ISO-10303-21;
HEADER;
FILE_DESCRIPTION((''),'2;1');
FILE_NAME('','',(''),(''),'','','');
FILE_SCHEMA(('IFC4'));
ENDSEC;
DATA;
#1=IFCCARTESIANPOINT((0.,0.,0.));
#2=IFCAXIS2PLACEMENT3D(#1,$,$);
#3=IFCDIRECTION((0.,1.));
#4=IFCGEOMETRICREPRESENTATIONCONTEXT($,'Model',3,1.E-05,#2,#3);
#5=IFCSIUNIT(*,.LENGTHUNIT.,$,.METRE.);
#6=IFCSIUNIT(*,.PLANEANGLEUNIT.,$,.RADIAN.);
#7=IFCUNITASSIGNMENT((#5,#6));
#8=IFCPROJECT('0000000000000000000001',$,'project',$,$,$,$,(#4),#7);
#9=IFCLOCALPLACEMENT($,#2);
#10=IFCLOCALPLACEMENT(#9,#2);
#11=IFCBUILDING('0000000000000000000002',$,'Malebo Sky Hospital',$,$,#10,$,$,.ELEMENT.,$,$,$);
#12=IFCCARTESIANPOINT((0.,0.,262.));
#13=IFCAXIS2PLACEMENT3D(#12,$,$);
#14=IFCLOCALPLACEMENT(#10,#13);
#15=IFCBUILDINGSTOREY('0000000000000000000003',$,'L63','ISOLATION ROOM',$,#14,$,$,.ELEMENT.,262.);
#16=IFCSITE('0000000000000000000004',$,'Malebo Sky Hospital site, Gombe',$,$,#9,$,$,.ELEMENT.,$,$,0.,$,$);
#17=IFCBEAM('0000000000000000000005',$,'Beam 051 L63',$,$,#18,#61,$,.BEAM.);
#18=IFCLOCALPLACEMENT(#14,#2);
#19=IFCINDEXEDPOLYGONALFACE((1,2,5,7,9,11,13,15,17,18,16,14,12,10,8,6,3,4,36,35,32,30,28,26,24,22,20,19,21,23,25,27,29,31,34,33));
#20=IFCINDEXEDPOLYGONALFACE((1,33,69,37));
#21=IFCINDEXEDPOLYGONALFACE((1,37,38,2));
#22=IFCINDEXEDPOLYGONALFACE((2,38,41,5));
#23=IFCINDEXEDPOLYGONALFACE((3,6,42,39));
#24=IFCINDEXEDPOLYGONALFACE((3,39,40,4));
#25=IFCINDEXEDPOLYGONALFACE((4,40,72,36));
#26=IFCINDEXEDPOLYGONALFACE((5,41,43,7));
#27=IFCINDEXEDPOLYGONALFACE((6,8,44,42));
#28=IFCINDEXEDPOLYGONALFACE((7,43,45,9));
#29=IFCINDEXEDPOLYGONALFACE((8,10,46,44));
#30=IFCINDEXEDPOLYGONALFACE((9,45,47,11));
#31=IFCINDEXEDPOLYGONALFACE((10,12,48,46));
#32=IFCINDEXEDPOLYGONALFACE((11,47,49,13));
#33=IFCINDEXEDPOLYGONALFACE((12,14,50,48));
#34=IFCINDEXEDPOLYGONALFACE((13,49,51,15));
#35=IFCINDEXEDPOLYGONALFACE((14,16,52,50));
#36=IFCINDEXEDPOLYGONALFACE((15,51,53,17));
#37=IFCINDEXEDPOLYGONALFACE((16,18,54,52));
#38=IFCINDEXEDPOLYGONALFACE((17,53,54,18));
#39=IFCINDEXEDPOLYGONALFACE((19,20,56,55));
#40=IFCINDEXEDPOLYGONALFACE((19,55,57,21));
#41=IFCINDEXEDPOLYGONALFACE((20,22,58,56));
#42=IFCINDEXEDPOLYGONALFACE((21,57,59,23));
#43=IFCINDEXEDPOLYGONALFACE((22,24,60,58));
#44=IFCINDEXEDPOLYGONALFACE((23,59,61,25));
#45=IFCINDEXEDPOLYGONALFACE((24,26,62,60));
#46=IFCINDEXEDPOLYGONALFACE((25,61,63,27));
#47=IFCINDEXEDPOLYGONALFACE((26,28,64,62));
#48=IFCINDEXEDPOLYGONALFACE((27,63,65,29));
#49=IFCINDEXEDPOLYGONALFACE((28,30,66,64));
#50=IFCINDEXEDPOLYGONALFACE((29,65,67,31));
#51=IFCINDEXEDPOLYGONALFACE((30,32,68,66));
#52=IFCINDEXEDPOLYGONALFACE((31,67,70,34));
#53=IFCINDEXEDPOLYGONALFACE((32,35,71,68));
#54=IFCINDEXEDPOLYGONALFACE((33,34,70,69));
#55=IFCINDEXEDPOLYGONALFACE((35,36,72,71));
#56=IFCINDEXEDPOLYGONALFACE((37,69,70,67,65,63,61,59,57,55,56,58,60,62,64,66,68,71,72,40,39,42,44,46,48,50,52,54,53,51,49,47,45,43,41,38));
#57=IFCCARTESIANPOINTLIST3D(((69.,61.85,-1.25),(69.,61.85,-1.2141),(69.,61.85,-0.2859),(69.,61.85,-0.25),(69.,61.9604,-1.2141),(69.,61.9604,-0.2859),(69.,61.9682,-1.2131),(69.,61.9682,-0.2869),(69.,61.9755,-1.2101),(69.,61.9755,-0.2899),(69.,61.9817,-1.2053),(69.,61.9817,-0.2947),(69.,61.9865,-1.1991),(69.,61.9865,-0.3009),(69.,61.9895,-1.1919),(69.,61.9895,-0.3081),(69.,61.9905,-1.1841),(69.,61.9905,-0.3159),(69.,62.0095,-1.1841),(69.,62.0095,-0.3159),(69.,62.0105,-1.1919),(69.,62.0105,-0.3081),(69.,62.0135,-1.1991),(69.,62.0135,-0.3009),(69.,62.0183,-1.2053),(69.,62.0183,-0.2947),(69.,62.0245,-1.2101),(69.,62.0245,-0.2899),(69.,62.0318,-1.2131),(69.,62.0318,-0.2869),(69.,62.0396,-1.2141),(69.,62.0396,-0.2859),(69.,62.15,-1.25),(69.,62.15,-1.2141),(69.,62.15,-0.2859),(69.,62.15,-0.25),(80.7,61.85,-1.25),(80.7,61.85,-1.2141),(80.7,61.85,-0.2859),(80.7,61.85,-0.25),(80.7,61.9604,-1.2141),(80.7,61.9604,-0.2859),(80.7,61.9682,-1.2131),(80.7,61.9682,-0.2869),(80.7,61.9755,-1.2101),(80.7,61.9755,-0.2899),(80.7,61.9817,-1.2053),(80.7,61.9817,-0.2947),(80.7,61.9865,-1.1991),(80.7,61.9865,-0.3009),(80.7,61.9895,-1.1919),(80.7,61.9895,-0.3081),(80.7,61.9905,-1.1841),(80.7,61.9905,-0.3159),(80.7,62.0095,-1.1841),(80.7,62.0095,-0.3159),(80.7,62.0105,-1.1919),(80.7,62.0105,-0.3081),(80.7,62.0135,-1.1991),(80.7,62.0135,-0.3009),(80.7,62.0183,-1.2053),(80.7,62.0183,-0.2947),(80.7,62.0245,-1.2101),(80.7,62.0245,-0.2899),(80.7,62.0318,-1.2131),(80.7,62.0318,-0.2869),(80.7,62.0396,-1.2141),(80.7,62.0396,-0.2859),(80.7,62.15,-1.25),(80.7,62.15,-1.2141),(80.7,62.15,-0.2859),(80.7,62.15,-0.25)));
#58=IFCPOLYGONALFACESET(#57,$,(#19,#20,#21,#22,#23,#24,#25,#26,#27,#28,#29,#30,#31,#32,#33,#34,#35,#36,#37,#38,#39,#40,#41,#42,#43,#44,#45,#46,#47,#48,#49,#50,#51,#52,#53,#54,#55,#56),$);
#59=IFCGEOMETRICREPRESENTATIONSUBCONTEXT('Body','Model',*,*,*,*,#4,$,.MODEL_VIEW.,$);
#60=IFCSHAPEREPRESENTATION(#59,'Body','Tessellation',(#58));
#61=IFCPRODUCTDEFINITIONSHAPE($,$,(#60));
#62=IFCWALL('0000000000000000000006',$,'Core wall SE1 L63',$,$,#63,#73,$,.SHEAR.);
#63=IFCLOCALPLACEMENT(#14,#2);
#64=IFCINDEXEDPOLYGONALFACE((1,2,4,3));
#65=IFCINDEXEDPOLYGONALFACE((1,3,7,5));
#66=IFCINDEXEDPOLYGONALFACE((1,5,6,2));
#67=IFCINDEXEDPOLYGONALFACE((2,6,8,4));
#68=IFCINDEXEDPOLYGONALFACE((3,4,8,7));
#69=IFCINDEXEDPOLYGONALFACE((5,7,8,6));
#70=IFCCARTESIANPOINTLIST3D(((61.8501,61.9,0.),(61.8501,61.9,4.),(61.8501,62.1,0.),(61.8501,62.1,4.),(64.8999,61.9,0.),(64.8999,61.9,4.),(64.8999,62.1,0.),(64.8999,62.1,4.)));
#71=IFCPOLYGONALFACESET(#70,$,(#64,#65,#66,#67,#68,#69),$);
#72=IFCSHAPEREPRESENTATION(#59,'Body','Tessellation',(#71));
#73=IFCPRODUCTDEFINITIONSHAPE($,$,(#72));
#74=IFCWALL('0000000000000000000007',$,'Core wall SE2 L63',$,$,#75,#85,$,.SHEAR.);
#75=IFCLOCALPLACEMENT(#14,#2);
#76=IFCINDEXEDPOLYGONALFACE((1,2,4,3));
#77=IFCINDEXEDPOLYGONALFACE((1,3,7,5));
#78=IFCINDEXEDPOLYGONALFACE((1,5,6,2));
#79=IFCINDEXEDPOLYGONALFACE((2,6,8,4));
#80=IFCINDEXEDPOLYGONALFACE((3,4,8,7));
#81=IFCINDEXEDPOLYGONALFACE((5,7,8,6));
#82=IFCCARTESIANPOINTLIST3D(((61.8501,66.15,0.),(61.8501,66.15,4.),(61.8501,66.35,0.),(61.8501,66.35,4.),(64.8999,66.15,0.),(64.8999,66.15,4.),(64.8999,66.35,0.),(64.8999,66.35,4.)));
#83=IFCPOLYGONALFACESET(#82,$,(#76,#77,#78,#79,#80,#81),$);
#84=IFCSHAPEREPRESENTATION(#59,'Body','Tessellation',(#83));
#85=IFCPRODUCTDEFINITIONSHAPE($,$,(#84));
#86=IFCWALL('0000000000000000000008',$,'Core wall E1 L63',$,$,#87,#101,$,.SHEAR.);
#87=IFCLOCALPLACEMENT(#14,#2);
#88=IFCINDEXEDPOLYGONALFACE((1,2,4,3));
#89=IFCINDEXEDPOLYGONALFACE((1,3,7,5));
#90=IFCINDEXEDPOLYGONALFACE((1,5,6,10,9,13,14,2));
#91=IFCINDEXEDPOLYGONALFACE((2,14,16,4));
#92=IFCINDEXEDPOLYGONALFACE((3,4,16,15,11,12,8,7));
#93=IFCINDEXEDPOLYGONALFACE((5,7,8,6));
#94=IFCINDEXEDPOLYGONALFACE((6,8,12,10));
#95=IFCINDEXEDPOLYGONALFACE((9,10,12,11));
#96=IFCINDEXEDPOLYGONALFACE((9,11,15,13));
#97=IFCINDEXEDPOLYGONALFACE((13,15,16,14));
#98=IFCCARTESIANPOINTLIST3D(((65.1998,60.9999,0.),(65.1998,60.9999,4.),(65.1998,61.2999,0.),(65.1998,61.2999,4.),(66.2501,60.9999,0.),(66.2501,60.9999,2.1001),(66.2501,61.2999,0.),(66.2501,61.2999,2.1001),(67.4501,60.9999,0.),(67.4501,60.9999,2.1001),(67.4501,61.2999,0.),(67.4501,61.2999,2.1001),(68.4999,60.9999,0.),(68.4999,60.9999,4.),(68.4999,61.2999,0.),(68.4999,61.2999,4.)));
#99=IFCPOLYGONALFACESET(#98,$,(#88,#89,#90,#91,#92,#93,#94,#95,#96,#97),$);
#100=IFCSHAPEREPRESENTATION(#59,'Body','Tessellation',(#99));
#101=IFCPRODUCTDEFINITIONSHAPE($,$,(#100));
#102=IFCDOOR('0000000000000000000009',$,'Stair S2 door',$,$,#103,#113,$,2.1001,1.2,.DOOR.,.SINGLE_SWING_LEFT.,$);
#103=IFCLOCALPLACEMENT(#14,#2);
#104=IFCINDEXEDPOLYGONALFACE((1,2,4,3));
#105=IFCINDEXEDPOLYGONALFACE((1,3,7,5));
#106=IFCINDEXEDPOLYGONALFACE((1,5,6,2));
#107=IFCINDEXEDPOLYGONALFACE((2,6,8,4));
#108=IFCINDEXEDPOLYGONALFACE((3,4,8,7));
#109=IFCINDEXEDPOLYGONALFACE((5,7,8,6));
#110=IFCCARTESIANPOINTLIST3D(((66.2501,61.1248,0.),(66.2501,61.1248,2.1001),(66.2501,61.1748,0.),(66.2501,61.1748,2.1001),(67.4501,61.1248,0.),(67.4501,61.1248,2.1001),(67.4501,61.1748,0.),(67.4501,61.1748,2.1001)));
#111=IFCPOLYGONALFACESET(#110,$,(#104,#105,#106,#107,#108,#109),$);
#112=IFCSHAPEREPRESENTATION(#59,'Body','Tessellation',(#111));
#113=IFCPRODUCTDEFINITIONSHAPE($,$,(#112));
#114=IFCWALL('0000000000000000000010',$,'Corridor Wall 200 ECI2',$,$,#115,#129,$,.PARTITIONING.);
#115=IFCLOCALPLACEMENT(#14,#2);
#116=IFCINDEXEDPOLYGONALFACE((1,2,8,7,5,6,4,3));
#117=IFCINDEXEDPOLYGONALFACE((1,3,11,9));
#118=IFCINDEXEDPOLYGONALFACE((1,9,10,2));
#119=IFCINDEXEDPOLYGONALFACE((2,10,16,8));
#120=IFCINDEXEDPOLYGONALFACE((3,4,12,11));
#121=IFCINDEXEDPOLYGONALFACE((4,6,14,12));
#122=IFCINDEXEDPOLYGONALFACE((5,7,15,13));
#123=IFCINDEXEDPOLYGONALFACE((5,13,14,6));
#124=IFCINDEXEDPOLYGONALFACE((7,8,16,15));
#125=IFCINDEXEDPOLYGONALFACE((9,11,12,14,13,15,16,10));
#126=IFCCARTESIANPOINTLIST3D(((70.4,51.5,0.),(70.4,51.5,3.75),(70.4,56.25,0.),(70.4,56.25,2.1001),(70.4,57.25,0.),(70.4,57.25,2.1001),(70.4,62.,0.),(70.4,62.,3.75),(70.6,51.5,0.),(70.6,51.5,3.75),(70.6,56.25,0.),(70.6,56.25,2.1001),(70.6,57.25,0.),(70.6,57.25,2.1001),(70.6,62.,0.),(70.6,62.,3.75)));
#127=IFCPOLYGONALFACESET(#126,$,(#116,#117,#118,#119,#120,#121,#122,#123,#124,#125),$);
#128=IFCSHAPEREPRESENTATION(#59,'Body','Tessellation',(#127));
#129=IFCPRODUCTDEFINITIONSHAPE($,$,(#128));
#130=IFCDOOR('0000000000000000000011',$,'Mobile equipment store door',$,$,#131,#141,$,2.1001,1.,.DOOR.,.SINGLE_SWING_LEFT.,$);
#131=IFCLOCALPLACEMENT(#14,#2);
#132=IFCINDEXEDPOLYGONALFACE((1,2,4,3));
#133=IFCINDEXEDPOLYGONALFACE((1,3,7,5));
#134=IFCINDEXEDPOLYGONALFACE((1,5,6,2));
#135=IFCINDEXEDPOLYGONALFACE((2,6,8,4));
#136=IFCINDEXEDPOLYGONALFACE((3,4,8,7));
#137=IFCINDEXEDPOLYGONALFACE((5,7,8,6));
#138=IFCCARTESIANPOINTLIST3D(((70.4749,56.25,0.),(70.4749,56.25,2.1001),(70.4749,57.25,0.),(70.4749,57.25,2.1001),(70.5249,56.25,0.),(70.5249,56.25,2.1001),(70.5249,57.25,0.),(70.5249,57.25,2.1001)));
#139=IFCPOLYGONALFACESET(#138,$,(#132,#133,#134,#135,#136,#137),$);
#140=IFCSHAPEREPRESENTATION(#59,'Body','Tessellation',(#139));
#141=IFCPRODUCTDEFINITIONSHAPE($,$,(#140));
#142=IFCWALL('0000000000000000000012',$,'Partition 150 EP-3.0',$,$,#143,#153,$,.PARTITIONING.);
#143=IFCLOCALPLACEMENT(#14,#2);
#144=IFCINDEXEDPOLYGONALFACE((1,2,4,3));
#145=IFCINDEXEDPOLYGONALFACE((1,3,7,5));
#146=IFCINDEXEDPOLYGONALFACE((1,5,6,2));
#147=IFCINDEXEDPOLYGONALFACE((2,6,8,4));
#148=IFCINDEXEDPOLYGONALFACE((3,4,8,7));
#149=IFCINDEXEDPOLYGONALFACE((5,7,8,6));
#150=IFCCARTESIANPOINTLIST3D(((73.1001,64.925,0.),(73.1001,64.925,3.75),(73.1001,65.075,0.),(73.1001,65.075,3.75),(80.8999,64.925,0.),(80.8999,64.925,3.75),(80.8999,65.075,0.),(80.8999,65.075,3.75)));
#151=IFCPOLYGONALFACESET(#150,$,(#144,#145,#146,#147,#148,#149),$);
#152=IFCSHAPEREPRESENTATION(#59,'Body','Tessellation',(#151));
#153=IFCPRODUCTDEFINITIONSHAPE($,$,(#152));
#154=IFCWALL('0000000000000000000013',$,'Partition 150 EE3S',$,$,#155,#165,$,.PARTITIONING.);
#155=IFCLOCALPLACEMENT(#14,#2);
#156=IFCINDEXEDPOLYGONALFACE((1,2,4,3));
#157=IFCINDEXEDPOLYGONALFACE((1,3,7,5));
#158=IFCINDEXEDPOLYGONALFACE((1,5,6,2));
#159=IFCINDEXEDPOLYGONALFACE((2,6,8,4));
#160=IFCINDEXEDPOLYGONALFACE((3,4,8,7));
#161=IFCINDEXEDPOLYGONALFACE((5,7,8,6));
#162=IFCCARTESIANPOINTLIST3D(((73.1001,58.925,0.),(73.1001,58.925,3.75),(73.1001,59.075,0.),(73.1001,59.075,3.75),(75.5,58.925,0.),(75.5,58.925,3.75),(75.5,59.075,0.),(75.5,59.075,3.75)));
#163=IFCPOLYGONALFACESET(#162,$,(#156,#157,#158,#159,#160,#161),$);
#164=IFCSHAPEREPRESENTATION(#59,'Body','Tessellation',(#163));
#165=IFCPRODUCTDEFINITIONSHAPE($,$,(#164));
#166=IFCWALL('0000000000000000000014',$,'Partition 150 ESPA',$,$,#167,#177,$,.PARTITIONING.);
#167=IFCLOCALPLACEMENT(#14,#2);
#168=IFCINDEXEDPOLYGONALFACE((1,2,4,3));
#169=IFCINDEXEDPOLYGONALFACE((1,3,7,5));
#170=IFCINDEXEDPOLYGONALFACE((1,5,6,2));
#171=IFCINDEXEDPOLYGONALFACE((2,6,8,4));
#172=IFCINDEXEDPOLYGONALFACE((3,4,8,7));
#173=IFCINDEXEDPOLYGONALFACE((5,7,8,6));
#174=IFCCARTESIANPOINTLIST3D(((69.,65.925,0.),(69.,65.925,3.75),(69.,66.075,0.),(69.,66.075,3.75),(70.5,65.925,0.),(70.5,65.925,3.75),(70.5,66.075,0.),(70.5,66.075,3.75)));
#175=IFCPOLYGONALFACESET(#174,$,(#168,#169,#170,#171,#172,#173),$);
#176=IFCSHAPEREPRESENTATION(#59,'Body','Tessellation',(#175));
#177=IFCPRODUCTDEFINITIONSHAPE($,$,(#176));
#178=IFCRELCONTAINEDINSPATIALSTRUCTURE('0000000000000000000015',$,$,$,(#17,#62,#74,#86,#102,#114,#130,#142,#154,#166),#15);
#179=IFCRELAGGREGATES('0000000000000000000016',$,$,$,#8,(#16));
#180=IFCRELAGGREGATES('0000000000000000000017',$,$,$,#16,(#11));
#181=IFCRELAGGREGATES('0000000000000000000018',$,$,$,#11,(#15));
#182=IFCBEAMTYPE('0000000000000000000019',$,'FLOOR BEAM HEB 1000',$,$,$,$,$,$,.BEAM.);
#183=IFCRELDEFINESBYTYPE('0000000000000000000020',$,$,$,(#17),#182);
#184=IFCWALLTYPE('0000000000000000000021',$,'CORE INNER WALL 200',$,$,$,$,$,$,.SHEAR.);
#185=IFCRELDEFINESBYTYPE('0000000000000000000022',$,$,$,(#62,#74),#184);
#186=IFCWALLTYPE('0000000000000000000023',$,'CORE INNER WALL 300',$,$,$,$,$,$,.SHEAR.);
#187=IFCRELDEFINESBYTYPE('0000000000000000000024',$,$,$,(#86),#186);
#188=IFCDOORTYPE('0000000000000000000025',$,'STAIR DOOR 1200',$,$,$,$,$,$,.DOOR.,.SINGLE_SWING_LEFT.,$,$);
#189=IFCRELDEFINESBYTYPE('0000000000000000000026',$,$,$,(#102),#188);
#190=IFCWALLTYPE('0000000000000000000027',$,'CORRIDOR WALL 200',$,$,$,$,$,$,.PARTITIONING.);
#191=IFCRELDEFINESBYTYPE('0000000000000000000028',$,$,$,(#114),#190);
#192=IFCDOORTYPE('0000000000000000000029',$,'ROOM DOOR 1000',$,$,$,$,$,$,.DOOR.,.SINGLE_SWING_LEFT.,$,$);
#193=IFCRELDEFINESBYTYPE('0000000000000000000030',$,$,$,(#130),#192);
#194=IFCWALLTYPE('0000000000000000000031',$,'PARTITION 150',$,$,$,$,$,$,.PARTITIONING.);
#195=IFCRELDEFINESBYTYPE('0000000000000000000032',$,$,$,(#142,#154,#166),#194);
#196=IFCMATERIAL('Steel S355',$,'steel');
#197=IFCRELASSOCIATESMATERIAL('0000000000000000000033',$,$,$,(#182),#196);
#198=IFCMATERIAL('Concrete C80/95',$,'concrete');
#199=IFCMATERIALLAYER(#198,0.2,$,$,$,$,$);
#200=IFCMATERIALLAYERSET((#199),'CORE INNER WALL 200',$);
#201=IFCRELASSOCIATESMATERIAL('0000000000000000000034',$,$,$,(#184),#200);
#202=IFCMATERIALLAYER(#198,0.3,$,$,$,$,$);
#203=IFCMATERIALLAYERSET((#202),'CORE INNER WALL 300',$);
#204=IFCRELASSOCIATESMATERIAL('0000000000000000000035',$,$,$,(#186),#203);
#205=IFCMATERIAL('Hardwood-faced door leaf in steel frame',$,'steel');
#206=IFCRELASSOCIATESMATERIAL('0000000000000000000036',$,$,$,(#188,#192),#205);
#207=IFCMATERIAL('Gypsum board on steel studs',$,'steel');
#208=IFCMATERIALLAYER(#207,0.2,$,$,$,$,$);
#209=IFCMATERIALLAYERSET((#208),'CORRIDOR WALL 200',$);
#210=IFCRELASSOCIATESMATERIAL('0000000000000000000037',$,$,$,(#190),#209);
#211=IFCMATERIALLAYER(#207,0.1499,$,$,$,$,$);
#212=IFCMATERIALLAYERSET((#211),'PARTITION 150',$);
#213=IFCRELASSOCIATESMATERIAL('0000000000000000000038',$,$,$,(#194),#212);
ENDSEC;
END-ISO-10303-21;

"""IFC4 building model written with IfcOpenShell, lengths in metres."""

from ifc_helpers import new_model, si_unit, direction, frame, frame_2d, origin, origin_2d, place, context, subcontext, project, spatial, rectangle, i_section, extrude, material, layer, layer_set, material_profile, profile_set, type_object, element, fill, save


model = new_model("IFC4")

# Units and contexts
model_context = context("Model", 3, precision=1e-05, world=origin(), true_north=direction((0.0, 1.0)))
body_context = subcontext(model_context, "Body", "Model", "MODEL_VIEW")
ifc_project = project(units=[si_unit("LENGTHUNIT", "METRE"), si_unit("PLANEANGLEUNIT", "RADIAN")], contexts=[model_context])

# Site, building, storey
site_placement = place(None, origin())
site = spatial("IfcSite", under=ifc_project, at=site_placement, Name="Malebo Sky Hospital site, Gombe", CompositionType="ELEMENT", RefElevation=0.0)
building_placement = place(site_placement, origin())
building = spatial("IfcBuilding", under=site, at=building_placement, Name="Malebo Sky Hospital", CompositionType="ELEMENT")
storey_placement = place(building_placement, frame((0.0, 0.0, 262.0)))
storey = spatial("IfcBuildingStorey", under=building, at=storey_placement, Name="L63", Description="ISOLATION ROOM", CompositionType="ELEMENT", Elevation=262.0)

# Beam
ifc_material_1 = material(Name="Steel S355", Category="steel")
ifc_material_profile = material_profile(ifc_material_1, i_section(OverallWidth=0.3, OverallDepth=1.0, WebThickness=0.019, FlangeThickness=0.0359, FilletRadius=0.03, at=origin_2d()), Name="HEB 1000")
ifc_profile_set = profile_set([ifc_material_profile], Name="Steel S355")
beam_type = type_object("IfcBeamType", Name="FLOOR BEAM HEB 1000", PredefinedType="BEAM", material=ifc_profile_set)
beam_placement = place(storey_placement, frame((69.0, 62.0, -0.75), z_axis=(1.0, 0.0, 0.0), x_axis=(0.0, 1.0, 0.0)))
element("IfcBeam", 1, at=beam_placement, inside=storey, type_object=beam_type, Name="Beam 051 L63", PredefinedType="BEAM", context=body_context, shape_type="SweptSolid", body=[
    extrude(i_section(OverallWidth=0.3, OverallDepth=1.0, WebThickness=0.019, FlangeThickness=0.0359, FilletRadius=0.03, at=origin_2d()), origin(), (0.0, 0.0, 1.0), 11.7),
])

# Walls
ifc_material_2 = material(Name="Concrete C80/95", Category="concrete")
ifc_layer_1 = layer(ifc_material_2, 0.2)
ifc_layer_set_1 = layer_set([ifc_layer_1], Name="CORE INNER WALL 200")
wall_type_1 = type_object("IfcWallType", Name="CORE INNER WALL 200", PredefinedType="SHEAR", material=ifc_layer_set_1)
for number, where, z_axis, x_axis, name in (
    (2, (61.8501, 62.0, 0.0), (0.0, 0.0, 1.0), (1.0, 0.0, 0.0), "Core wall SE1 L63"),
    (3, (61.8501, 66.25, 0.0), (0.0, 0.0, 1.0), (1.0, 0.0, 0.0), "Core wall SE2 L63"),
):
    element("IfcWall", number, at=place(storey_placement, frame(where, z_axis=z_axis, x_axis=x_axis)), inside=storey, type_object=wall_type_1, Name=name, PredefinedType="SHEAR", context=body_context, shape_type="SweptSolid", body=[
        extrude(rectangle(XDim=3.0498, YDim=0.2, at=frame_2d((1.5249, 0.0))), origin(), (0.0, 0.0, 1.0), 4.0),
    ])

# Walls, openings, doors
ifc_layer_2 = layer(ifc_material_2, 0.3)
ifc_layer_set_2 = layer_set([ifc_layer_2], Name="CORE INNER WALL 300")
wall_type_2 = type_object("IfcWallType", Name="CORE INNER WALL 300", PredefinedType="SHEAR", material=ifc_layer_set_2)
wall_1_placement = place(storey_placement, frame((65.2, 61.1499, 0.0), z_axis=(0.0, 0.0, 1.0), x_axis=(1.0, 0.0, 0.0)))
wall_1 = element("IfcWall", 4, at=wall_1_placement, inside=storey, type_object=wall_type_2, Name="Core wall E1 L63", PredefinedType="SHEAR", context=body_context, shape_type="SweptSolid", body=[
    extrude(rectangle(XDim=3.3, YDim=0.3, at=frame_2d((1.6499, 0.0))), origin(), (0.0, 0.0, 1.0), 4.0),
])
opening_1_placement = place(wall_1_placement, frame((1.05, 0.0, 0.0)))
opening_1 = element("IfcOpeningElement", 5, at=opening_1_placement, cuts=wall_1, PredefinedType="OPENING", context=body_context, shape_type="SweptSolid", body=[
    extrude(rectangle(XDim=1.2, YDim=2.1001, at=frame_2d((0.6001, 1.05))), frame((0.0, 0.1599, 0.0), z_axis=(0.0, -1.0, 0.0), x_axis=(1.0, 0.0, 0.0)), (0.0, 0.0, 1.0), 0.3201),
])
ifc_material_3 = material(Name="Hardwood-faced door leaf in steel frame", Category="steel")
door_type_1 = type_object("IfcDoorType", Name="STAIR DOOR 1200", OperationType="SINGLE_SWING_LEFT", PredefinedType="DOOR", material=ifc_material_3)
door_1_placement = place(opening_1_placement, origin())
door_1 = element("IfcDoor", 6, at=door_1_placement, inside=storey, type_object=door_type_1, Name="Stair S2 door", OperationType="SINGLE_SWING_LEFT", OverallHeight=2.1001, OverallWidth=1.2, PredefinedType="DOOR", context=body_context, shape_type="SweptSolid", body=[
    extrude(rectangle(XDim=1.2, YDim=2.1001, at=frame_2d((0.6001, 1.05))), frame((0.0, 0.0249, 0.0), z_axis=(0.0, -1.0, 0.0), x_axis=(1.0, 0.0, 0.0)), (0.0, 0.0, 1.0), 0.05),
])
fill(opening_1, door_1)
ifc_material_4 = material(Name="Gypsum board on steel studs", Category="steel")
ifc_layer_3 = layer(ifc_material_4, 0.2)
ifc_layer_set_3 = layer_set([ifc_layer_3], Name="CORRIDOR WALL 200")
wall_type_3 = type_object("IfcWallType", Name="CORRIDOR WALL 200", PredefinedType="PARTITIONING", material=ifc_layer_set_3)
wall_2_placement = place(storey_placement, frame((70.5, 62.0, 0.0), z_axis=(0.0, 0.0, 1.0), x_axis=(0.0, -1.0, 0.0)))
wall_2 = element("IfcWall", 7, at=wall_2_placement, inside=storey, type_object=wall_type_3, Name="Corridor Wall 200 ECI2", PredefinedType="PARTITIONING", context=body_context, shape_type="SweptSolid", body=[
    extrude(rectangle(XDim=10.5, YDim=0.2, at=frame_2d((5.25, 0.0))), origin(), (0.0, 0.0, 1.0), 3.75),
])
opening_2_placement = place(wall_2_placement, frame((4.75, 0.0, 0.0)))
opening_2 = element("IfcOpeningElement", 8, at=opening_2_placement, cuts=wall_2, PredefinedType="OPENING", context=body_context, shape_type="SweptSolid", body=[
    extrude(rectangle(XDim=1.0, YDim=2.1001, at=frame_2d((0.5, 1.05))), frame((0.0, 0.1099, 0.0), z_axis=(0.0, -1.0, 0.0), x_axis=(1.0, 0.0, 0.0)), (0.0, 0.0, 1.0), 0.22),
])
door_type_2 = type_object("IfcDoorType", Name="ROOM DOOR 1000", OperationType="SINGLE_SWING_LEFT", PredefinedType="DOOR", material=ifc_material_3)
door_2_placement = place(opening_2_placement, origin())
door_2 = element("IfcDoor", 9, at=door_2_placement, inside=storey, type_object=door_type_2, Name="Mobile equipment store door", OperationType="SINGLE_SWING_LEFT", OverallHeight=2.1001, OverallWidth=1.0, PredefinedType="DOOR", context=body_context, shape_type="SweptSolid", body=[
    extrude(rectangle(XDim=1.0, YDim=2.1001, at=frame_2d((0.5, 1.05))), frame((0.0, 0.0249, 0.0), z_axis=(0.0, -1.0, 0.0), x_axis=(1.0, 0.0, 0.0)), (0.0, 0.0, 1.0), 0.05),
])
fill(opening_2, door_2)

# Walls
ifc_layer_4 = layer(ifc_material_4, 0.1499)
ifc_layer_set_4 = layer_set([ifc_layer_4], Name="PARTITION 150")
wall_type_4 = type_object("IfcWallType", Name="PARTITION 150", PredefinedType="PARTITIONING", material=ifc_layer_set_4)
wall_3_placement = place(storey_placement, frame((73.1001, 65.0, 0.0), z_axis=(0.0, 0.0, 1.0), x_axis=(1.0, 0.0, 0.0)))
element("IfcWall", 10, at=wall_3_placement, inside=storey, type_object=wall_type_4, Name="Partition 150 EP-3.0", PredefinedType="PARTITIONING", context=body_context, shape_type="SweptSolid", body=[
    extrude(rectangle(XDim=7.7998, YDim=0.1499, at=frame_2d((3.8999, 0.0))), origin(), (0.0, 0.0, 1.0), 3.75),
])
wall_4_placement = place(storey_placement, frame((73.1001, 59.0, 0.0), z_axis=(0.0, 0.0, 1.0), x_axis=(1.0, 0.0, 0.0)))
element("IfcWall", 11, at=wall_4_placement, inside=storey, type_object=wall_type_4, Name="Partition 150 EE3S", PredefinedType="PARTITIONING", context=body_context, shape_type="SweptSolid", body=[
    extrude(rectangle(XDim=2.3999, YDim=0.1499, at=frame_2d((1.2, 0.0))), origin(), (0.0, 0.0, 1.0), 3.75),
])
wall_5_placement = place(storey_placement, frame((69.0, 66.0, 0.0), z_axis=(0.0, 0.0, 1.0), x_axis=(1.0, 0.0, 0.0)))
element("IfcWall", 12, at=wall_5_placement, inside=storey, type_object=wall_type_4, Name="Partition 150 ESPA", PredefinedType="PARTITIONING", context=body_context, shape_type="SweptSolid", body=[
    extrude(rectangle(XDim=1.5, YDim=0.1499, at=frame_2d((0.75, 0.0))), origin(), (0.0, 0.0, 1.0), 3.75),
])

save(model, "model.ifc")
